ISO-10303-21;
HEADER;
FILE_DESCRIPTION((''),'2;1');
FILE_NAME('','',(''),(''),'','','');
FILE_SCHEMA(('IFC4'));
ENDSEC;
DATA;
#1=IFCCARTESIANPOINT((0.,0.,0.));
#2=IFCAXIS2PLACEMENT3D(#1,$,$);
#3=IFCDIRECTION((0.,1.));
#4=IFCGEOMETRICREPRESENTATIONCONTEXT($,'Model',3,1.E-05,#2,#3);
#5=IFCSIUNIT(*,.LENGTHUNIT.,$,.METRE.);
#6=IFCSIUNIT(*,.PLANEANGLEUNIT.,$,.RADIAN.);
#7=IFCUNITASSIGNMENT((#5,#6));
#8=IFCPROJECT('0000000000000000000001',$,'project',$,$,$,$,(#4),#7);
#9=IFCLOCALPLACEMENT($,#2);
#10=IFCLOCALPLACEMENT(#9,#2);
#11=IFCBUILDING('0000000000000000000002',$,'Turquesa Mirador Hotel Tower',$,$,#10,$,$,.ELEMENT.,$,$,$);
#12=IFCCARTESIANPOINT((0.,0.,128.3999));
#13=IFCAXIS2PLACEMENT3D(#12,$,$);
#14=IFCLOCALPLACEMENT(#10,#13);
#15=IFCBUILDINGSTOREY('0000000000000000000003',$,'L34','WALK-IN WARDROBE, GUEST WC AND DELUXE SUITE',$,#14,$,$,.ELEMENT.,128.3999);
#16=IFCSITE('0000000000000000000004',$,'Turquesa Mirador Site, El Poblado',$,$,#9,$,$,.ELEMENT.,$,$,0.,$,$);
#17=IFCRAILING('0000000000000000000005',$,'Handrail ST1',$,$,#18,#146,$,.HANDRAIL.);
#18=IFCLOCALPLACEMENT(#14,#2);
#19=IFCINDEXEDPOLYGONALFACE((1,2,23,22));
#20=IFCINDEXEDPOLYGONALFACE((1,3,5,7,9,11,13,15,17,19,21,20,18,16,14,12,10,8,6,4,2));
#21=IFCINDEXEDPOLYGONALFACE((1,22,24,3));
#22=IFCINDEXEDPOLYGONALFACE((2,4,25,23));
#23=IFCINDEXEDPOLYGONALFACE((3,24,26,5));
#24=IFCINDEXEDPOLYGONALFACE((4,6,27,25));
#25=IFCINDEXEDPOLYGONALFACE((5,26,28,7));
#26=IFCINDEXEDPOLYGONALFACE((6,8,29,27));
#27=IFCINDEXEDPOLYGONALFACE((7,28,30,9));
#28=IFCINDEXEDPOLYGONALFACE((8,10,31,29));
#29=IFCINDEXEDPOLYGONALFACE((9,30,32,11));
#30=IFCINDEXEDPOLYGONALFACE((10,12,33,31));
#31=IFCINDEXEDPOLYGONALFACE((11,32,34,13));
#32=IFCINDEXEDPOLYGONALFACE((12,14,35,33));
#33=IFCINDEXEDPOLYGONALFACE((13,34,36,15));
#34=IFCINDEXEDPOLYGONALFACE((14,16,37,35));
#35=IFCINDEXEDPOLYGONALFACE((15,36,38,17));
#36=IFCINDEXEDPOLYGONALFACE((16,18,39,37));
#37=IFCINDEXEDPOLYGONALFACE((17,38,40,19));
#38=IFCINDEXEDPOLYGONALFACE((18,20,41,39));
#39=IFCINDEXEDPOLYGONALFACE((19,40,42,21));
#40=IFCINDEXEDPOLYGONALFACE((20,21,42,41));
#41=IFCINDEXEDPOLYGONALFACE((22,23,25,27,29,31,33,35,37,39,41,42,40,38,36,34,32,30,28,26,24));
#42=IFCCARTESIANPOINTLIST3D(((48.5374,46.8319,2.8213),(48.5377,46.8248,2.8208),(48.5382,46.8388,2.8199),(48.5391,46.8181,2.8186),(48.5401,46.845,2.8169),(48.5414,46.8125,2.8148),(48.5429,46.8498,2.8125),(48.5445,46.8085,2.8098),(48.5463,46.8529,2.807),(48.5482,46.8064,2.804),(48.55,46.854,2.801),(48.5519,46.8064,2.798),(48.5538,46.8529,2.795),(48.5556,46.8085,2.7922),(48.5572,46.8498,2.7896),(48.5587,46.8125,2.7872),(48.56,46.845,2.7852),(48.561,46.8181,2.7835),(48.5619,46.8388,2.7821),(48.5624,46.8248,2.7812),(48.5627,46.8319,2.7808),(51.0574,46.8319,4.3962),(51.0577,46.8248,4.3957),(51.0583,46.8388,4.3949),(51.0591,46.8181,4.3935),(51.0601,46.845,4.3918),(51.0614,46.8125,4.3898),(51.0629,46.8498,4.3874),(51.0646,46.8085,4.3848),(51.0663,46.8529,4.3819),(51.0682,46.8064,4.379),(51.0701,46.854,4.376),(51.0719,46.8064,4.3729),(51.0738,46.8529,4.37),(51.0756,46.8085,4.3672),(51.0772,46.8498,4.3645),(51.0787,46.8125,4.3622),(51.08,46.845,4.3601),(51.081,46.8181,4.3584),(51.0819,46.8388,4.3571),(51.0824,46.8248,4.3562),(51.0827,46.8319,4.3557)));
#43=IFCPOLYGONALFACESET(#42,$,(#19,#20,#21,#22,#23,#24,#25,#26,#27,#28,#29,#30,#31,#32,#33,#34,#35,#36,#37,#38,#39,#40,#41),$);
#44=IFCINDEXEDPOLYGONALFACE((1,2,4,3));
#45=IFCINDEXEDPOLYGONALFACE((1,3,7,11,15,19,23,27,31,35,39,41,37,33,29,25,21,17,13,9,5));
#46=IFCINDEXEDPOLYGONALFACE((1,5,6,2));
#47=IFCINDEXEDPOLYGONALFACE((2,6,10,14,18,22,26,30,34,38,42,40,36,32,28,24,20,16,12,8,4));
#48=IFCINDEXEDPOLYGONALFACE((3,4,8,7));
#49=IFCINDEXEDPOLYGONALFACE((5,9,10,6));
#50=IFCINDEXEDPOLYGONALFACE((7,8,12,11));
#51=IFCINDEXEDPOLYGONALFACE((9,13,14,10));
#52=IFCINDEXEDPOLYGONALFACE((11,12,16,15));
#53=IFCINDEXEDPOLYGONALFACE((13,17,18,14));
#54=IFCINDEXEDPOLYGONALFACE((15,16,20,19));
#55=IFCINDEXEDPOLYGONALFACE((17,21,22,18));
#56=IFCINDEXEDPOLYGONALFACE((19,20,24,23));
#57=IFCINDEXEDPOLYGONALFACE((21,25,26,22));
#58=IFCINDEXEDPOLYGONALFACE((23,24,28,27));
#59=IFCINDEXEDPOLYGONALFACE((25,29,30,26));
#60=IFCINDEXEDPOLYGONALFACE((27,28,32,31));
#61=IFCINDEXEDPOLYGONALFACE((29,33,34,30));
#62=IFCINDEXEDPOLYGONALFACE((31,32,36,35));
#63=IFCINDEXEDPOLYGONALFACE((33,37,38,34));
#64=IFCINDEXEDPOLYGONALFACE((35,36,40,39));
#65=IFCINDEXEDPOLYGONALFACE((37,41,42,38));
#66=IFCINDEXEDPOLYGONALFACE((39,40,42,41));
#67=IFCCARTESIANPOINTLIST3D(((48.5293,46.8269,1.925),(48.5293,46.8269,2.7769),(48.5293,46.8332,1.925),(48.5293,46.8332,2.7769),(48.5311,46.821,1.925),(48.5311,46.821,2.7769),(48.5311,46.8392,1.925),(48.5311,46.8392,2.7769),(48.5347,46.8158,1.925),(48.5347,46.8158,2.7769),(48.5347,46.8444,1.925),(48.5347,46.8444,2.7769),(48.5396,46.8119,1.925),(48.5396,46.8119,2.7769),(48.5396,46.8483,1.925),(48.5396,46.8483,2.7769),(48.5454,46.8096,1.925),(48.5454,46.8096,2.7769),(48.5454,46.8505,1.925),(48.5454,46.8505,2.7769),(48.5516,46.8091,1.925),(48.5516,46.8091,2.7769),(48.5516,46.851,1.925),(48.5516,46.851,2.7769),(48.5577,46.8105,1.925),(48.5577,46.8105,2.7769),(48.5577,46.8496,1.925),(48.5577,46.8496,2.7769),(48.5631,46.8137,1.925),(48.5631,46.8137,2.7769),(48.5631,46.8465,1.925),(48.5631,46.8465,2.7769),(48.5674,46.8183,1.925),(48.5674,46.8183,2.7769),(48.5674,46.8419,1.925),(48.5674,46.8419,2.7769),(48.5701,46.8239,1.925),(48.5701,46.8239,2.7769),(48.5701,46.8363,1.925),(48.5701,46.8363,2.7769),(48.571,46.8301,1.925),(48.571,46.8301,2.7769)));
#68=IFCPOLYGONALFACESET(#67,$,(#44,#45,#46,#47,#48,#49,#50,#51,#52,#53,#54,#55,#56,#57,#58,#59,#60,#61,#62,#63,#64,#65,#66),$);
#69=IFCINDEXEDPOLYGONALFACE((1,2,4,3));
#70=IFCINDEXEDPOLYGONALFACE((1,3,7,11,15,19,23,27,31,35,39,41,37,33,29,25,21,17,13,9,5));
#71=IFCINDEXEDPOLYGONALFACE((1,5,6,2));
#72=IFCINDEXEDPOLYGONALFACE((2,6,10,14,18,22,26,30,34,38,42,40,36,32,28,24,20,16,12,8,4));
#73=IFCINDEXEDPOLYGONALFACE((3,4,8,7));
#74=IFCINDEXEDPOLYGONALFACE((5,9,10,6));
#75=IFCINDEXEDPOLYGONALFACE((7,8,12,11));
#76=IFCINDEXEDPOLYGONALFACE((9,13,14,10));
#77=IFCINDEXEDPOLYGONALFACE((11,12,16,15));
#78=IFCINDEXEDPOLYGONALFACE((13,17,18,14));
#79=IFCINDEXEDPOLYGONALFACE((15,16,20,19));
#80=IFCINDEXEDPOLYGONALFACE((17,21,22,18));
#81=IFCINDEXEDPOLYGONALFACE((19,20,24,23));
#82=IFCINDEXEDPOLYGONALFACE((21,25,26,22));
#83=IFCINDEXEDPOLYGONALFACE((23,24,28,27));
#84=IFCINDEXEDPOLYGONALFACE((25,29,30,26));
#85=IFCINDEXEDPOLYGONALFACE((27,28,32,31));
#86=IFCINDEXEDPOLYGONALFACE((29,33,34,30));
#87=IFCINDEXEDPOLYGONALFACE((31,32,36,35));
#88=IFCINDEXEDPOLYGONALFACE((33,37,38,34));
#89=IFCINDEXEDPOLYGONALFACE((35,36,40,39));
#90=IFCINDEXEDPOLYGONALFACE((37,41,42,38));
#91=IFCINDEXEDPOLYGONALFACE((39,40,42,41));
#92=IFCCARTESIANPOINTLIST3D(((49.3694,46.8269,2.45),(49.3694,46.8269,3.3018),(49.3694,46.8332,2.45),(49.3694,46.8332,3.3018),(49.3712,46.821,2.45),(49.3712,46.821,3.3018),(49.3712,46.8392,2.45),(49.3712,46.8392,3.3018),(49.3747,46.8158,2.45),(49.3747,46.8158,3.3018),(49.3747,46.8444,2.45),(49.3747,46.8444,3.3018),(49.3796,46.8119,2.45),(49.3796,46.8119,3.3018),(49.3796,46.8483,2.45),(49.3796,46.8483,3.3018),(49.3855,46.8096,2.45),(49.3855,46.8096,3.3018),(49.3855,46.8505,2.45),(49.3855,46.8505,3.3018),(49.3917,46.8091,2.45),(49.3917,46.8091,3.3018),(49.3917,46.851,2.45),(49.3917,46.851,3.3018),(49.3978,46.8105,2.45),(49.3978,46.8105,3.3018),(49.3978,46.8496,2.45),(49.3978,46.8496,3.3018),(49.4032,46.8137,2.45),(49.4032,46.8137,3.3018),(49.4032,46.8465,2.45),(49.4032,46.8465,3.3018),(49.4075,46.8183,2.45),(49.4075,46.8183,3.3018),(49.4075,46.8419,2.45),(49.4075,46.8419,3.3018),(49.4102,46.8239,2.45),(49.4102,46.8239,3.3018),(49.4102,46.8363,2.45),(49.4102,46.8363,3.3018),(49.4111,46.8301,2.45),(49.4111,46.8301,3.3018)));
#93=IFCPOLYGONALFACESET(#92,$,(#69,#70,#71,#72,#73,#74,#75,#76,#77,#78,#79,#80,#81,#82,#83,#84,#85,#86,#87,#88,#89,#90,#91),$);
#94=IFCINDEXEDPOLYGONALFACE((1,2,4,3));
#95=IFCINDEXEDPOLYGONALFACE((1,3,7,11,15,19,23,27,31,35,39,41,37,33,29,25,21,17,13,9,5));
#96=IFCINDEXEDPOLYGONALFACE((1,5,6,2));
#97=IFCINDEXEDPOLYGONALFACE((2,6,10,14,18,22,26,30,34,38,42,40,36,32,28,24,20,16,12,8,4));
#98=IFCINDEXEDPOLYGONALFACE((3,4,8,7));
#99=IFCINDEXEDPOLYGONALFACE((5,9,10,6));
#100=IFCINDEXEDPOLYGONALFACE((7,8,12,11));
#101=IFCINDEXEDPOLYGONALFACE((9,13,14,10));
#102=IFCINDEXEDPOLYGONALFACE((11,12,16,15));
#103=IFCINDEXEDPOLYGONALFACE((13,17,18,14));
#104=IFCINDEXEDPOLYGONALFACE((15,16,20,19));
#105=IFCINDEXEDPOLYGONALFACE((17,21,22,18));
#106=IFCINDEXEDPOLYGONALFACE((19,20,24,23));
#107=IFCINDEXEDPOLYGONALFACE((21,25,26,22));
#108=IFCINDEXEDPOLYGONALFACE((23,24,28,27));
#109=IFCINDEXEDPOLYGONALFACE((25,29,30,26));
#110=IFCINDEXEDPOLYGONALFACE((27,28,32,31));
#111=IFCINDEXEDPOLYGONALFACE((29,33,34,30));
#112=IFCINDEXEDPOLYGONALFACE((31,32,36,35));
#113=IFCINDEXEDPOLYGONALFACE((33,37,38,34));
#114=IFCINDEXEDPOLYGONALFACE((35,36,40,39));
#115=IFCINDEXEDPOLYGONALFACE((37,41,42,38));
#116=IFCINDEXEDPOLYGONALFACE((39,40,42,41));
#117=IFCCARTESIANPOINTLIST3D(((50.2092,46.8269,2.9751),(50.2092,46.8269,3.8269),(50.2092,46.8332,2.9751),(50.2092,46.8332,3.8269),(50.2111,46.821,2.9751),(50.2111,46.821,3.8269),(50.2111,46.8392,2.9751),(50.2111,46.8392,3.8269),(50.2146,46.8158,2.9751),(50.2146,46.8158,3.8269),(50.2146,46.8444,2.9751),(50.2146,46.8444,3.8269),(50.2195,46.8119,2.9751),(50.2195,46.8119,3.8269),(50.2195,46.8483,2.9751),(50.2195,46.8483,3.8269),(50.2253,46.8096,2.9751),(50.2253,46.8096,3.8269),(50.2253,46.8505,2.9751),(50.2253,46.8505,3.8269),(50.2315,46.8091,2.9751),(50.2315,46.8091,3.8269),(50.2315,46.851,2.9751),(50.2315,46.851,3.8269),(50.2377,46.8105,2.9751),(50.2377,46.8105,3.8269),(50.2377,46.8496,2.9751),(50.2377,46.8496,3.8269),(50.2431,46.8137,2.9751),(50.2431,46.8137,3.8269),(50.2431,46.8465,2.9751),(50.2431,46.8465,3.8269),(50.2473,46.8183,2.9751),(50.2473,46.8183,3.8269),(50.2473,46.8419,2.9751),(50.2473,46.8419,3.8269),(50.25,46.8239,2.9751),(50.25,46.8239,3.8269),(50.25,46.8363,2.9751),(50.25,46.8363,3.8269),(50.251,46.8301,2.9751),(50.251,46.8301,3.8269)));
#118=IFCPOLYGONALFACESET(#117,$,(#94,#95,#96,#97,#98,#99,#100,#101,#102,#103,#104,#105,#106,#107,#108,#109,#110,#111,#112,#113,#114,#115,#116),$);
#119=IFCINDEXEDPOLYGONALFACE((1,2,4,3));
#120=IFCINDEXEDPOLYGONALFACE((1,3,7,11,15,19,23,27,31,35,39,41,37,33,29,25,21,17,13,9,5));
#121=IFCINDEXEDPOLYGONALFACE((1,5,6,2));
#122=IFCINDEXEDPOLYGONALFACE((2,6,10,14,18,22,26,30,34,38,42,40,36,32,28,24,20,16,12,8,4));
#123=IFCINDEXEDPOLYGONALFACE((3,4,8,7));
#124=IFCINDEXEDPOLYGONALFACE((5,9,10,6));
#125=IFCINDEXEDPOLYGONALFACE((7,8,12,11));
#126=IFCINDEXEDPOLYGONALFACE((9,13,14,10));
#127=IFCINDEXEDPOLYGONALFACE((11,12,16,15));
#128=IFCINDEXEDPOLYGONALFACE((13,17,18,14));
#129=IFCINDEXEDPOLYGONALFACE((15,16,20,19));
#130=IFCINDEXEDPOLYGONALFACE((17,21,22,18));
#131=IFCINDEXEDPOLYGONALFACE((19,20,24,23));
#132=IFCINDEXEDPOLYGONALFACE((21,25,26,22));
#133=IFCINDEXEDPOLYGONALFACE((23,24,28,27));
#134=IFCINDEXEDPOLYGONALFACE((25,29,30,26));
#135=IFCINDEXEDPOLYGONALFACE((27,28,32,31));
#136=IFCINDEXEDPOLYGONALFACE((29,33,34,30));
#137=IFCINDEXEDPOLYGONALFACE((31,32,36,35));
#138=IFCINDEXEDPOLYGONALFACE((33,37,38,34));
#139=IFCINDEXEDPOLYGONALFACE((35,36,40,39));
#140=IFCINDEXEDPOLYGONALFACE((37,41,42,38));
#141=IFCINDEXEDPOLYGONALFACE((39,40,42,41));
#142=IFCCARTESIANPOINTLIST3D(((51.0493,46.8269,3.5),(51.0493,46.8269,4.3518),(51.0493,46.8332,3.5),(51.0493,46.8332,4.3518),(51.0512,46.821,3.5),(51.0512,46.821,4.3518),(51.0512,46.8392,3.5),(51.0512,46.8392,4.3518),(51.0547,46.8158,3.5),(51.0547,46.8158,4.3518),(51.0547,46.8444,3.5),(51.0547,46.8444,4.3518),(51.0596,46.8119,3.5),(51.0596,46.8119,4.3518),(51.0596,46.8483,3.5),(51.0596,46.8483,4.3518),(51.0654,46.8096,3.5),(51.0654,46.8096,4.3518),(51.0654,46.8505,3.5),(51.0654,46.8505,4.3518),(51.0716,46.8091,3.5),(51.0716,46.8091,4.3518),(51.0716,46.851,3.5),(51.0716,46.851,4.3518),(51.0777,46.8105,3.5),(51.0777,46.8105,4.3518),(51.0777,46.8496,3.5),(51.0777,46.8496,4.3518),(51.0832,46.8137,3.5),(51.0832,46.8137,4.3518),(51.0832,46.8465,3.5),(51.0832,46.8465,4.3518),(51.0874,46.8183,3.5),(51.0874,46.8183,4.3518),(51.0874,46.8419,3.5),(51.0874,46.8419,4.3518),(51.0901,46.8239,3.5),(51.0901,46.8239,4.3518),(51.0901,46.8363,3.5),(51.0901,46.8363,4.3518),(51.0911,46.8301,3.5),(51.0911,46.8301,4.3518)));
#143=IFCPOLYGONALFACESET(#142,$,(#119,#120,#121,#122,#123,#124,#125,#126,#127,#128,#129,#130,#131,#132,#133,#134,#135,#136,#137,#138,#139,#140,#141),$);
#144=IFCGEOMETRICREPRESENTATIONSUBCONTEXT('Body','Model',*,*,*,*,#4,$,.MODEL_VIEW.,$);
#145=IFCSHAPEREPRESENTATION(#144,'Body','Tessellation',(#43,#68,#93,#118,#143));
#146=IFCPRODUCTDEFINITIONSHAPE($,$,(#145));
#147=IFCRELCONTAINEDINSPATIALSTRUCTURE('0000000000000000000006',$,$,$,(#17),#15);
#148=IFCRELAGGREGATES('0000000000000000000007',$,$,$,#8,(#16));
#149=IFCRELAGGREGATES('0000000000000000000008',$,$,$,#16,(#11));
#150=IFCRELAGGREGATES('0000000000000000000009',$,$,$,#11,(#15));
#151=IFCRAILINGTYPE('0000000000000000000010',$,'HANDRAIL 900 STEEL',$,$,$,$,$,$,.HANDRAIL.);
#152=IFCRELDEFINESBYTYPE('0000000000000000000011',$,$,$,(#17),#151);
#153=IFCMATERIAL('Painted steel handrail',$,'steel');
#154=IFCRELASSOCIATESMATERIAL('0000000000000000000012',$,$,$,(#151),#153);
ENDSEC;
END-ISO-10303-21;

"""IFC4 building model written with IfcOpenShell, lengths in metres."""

from ifc_helpers import new_model, si_unit, direction, frame, origin, origin_2d, place, context, subcontext, project, spatial, circle, extrude, material, type_object, element, save


model = new_model("IFC4")

# Units and contexts
model_context = context("Model", 3, precision=1e-05, world=origin(), true_north=direction((0.0, 1.0)))
body_context = subcontext(model_context, "Body", "Model", "MODEL_VIEW")
ifc_project = project(units=[si_unit("LENGTHUNIT", "METRE"), si_unit("PLANEANGLEUNIT", "RADIAN")], contexts=[model_context])

# Site, building, storey
site_placement = place(None, origin())
site = spatial("IfcSite", under=ifc_project, at=site_placement, Name="Turquesa Mirador Site, El Poblado", CompositionType="ELEMENT", RefElevation=0.0)
building_placement = place(site_placement, origin())
building = spatial("IfcBuilding", under=site, at=building_placement, Name="Turquesa Mirador Hotel Tower", CompositionType="ELEMENT")
storey_placement = place(building_placement, frame((0.0, 0.0, 128.3999)))
storey = spatial("IfcBuildingStorey", under=building, at=storey_placement, Name="L34", Description="WALK-IN WARDROBE, GUEST WC AND DELUXE SUITE", CompositionType="ELEMENT", Elevation=128.3999)

# Railing
ifc_material_1 = material(Name="Painted steel handrail", Category="steel")
railing_type = type_object("IfcRailingType", Name="HANDRAIL 900 STEEL", PredefinedType="HANDRAIL", material=ifc_material_1)
for number, where, name in (
    (1, (48.55, 46.8301, 1.925), "Handrail ST1"),
):
    element("IfcRailing", number, at=place(storey_placement, frame(where)), inside=storey, type_object=railing_type, Name=name, PredefinedType="HANDRAIL", context=body_context, shape_type="SweptSolid", body=[
        extrude(circle(Radius=0.0239, at=origin_2d()), frame((0.0, 0.0, 0.876), z_axis=(0.848008, 0.0, 0.529984), x_axis=(0.0, 1.0, 0.0)), (0.0, 0.0, 1.0), 2.9717),
        extrude(circle(Radius=0.021, at=origin_2d()), origin(), (0.0, 0.0, 1.0), 0.8518),
        extrude(circle(Radius=0.021, at=origin_2d()), frame((0.8401, 0.0, 0.5249)), (0.0, 0.0, 1.0), 0.8518),
        extrude(circle(Radius=0.021, at=origin_2d()), frame((1.6799, 0.0, 1.05)), (0.0, 0.0, 1.0), 0.8518),
        extrude(circle(Radius=0.021, at=origin_2d()), frame((2.52, 0.0, 1.575)), (0.0, 0.0, 1.0), 0.8518),
    ])

save(model, "model.ifc")
